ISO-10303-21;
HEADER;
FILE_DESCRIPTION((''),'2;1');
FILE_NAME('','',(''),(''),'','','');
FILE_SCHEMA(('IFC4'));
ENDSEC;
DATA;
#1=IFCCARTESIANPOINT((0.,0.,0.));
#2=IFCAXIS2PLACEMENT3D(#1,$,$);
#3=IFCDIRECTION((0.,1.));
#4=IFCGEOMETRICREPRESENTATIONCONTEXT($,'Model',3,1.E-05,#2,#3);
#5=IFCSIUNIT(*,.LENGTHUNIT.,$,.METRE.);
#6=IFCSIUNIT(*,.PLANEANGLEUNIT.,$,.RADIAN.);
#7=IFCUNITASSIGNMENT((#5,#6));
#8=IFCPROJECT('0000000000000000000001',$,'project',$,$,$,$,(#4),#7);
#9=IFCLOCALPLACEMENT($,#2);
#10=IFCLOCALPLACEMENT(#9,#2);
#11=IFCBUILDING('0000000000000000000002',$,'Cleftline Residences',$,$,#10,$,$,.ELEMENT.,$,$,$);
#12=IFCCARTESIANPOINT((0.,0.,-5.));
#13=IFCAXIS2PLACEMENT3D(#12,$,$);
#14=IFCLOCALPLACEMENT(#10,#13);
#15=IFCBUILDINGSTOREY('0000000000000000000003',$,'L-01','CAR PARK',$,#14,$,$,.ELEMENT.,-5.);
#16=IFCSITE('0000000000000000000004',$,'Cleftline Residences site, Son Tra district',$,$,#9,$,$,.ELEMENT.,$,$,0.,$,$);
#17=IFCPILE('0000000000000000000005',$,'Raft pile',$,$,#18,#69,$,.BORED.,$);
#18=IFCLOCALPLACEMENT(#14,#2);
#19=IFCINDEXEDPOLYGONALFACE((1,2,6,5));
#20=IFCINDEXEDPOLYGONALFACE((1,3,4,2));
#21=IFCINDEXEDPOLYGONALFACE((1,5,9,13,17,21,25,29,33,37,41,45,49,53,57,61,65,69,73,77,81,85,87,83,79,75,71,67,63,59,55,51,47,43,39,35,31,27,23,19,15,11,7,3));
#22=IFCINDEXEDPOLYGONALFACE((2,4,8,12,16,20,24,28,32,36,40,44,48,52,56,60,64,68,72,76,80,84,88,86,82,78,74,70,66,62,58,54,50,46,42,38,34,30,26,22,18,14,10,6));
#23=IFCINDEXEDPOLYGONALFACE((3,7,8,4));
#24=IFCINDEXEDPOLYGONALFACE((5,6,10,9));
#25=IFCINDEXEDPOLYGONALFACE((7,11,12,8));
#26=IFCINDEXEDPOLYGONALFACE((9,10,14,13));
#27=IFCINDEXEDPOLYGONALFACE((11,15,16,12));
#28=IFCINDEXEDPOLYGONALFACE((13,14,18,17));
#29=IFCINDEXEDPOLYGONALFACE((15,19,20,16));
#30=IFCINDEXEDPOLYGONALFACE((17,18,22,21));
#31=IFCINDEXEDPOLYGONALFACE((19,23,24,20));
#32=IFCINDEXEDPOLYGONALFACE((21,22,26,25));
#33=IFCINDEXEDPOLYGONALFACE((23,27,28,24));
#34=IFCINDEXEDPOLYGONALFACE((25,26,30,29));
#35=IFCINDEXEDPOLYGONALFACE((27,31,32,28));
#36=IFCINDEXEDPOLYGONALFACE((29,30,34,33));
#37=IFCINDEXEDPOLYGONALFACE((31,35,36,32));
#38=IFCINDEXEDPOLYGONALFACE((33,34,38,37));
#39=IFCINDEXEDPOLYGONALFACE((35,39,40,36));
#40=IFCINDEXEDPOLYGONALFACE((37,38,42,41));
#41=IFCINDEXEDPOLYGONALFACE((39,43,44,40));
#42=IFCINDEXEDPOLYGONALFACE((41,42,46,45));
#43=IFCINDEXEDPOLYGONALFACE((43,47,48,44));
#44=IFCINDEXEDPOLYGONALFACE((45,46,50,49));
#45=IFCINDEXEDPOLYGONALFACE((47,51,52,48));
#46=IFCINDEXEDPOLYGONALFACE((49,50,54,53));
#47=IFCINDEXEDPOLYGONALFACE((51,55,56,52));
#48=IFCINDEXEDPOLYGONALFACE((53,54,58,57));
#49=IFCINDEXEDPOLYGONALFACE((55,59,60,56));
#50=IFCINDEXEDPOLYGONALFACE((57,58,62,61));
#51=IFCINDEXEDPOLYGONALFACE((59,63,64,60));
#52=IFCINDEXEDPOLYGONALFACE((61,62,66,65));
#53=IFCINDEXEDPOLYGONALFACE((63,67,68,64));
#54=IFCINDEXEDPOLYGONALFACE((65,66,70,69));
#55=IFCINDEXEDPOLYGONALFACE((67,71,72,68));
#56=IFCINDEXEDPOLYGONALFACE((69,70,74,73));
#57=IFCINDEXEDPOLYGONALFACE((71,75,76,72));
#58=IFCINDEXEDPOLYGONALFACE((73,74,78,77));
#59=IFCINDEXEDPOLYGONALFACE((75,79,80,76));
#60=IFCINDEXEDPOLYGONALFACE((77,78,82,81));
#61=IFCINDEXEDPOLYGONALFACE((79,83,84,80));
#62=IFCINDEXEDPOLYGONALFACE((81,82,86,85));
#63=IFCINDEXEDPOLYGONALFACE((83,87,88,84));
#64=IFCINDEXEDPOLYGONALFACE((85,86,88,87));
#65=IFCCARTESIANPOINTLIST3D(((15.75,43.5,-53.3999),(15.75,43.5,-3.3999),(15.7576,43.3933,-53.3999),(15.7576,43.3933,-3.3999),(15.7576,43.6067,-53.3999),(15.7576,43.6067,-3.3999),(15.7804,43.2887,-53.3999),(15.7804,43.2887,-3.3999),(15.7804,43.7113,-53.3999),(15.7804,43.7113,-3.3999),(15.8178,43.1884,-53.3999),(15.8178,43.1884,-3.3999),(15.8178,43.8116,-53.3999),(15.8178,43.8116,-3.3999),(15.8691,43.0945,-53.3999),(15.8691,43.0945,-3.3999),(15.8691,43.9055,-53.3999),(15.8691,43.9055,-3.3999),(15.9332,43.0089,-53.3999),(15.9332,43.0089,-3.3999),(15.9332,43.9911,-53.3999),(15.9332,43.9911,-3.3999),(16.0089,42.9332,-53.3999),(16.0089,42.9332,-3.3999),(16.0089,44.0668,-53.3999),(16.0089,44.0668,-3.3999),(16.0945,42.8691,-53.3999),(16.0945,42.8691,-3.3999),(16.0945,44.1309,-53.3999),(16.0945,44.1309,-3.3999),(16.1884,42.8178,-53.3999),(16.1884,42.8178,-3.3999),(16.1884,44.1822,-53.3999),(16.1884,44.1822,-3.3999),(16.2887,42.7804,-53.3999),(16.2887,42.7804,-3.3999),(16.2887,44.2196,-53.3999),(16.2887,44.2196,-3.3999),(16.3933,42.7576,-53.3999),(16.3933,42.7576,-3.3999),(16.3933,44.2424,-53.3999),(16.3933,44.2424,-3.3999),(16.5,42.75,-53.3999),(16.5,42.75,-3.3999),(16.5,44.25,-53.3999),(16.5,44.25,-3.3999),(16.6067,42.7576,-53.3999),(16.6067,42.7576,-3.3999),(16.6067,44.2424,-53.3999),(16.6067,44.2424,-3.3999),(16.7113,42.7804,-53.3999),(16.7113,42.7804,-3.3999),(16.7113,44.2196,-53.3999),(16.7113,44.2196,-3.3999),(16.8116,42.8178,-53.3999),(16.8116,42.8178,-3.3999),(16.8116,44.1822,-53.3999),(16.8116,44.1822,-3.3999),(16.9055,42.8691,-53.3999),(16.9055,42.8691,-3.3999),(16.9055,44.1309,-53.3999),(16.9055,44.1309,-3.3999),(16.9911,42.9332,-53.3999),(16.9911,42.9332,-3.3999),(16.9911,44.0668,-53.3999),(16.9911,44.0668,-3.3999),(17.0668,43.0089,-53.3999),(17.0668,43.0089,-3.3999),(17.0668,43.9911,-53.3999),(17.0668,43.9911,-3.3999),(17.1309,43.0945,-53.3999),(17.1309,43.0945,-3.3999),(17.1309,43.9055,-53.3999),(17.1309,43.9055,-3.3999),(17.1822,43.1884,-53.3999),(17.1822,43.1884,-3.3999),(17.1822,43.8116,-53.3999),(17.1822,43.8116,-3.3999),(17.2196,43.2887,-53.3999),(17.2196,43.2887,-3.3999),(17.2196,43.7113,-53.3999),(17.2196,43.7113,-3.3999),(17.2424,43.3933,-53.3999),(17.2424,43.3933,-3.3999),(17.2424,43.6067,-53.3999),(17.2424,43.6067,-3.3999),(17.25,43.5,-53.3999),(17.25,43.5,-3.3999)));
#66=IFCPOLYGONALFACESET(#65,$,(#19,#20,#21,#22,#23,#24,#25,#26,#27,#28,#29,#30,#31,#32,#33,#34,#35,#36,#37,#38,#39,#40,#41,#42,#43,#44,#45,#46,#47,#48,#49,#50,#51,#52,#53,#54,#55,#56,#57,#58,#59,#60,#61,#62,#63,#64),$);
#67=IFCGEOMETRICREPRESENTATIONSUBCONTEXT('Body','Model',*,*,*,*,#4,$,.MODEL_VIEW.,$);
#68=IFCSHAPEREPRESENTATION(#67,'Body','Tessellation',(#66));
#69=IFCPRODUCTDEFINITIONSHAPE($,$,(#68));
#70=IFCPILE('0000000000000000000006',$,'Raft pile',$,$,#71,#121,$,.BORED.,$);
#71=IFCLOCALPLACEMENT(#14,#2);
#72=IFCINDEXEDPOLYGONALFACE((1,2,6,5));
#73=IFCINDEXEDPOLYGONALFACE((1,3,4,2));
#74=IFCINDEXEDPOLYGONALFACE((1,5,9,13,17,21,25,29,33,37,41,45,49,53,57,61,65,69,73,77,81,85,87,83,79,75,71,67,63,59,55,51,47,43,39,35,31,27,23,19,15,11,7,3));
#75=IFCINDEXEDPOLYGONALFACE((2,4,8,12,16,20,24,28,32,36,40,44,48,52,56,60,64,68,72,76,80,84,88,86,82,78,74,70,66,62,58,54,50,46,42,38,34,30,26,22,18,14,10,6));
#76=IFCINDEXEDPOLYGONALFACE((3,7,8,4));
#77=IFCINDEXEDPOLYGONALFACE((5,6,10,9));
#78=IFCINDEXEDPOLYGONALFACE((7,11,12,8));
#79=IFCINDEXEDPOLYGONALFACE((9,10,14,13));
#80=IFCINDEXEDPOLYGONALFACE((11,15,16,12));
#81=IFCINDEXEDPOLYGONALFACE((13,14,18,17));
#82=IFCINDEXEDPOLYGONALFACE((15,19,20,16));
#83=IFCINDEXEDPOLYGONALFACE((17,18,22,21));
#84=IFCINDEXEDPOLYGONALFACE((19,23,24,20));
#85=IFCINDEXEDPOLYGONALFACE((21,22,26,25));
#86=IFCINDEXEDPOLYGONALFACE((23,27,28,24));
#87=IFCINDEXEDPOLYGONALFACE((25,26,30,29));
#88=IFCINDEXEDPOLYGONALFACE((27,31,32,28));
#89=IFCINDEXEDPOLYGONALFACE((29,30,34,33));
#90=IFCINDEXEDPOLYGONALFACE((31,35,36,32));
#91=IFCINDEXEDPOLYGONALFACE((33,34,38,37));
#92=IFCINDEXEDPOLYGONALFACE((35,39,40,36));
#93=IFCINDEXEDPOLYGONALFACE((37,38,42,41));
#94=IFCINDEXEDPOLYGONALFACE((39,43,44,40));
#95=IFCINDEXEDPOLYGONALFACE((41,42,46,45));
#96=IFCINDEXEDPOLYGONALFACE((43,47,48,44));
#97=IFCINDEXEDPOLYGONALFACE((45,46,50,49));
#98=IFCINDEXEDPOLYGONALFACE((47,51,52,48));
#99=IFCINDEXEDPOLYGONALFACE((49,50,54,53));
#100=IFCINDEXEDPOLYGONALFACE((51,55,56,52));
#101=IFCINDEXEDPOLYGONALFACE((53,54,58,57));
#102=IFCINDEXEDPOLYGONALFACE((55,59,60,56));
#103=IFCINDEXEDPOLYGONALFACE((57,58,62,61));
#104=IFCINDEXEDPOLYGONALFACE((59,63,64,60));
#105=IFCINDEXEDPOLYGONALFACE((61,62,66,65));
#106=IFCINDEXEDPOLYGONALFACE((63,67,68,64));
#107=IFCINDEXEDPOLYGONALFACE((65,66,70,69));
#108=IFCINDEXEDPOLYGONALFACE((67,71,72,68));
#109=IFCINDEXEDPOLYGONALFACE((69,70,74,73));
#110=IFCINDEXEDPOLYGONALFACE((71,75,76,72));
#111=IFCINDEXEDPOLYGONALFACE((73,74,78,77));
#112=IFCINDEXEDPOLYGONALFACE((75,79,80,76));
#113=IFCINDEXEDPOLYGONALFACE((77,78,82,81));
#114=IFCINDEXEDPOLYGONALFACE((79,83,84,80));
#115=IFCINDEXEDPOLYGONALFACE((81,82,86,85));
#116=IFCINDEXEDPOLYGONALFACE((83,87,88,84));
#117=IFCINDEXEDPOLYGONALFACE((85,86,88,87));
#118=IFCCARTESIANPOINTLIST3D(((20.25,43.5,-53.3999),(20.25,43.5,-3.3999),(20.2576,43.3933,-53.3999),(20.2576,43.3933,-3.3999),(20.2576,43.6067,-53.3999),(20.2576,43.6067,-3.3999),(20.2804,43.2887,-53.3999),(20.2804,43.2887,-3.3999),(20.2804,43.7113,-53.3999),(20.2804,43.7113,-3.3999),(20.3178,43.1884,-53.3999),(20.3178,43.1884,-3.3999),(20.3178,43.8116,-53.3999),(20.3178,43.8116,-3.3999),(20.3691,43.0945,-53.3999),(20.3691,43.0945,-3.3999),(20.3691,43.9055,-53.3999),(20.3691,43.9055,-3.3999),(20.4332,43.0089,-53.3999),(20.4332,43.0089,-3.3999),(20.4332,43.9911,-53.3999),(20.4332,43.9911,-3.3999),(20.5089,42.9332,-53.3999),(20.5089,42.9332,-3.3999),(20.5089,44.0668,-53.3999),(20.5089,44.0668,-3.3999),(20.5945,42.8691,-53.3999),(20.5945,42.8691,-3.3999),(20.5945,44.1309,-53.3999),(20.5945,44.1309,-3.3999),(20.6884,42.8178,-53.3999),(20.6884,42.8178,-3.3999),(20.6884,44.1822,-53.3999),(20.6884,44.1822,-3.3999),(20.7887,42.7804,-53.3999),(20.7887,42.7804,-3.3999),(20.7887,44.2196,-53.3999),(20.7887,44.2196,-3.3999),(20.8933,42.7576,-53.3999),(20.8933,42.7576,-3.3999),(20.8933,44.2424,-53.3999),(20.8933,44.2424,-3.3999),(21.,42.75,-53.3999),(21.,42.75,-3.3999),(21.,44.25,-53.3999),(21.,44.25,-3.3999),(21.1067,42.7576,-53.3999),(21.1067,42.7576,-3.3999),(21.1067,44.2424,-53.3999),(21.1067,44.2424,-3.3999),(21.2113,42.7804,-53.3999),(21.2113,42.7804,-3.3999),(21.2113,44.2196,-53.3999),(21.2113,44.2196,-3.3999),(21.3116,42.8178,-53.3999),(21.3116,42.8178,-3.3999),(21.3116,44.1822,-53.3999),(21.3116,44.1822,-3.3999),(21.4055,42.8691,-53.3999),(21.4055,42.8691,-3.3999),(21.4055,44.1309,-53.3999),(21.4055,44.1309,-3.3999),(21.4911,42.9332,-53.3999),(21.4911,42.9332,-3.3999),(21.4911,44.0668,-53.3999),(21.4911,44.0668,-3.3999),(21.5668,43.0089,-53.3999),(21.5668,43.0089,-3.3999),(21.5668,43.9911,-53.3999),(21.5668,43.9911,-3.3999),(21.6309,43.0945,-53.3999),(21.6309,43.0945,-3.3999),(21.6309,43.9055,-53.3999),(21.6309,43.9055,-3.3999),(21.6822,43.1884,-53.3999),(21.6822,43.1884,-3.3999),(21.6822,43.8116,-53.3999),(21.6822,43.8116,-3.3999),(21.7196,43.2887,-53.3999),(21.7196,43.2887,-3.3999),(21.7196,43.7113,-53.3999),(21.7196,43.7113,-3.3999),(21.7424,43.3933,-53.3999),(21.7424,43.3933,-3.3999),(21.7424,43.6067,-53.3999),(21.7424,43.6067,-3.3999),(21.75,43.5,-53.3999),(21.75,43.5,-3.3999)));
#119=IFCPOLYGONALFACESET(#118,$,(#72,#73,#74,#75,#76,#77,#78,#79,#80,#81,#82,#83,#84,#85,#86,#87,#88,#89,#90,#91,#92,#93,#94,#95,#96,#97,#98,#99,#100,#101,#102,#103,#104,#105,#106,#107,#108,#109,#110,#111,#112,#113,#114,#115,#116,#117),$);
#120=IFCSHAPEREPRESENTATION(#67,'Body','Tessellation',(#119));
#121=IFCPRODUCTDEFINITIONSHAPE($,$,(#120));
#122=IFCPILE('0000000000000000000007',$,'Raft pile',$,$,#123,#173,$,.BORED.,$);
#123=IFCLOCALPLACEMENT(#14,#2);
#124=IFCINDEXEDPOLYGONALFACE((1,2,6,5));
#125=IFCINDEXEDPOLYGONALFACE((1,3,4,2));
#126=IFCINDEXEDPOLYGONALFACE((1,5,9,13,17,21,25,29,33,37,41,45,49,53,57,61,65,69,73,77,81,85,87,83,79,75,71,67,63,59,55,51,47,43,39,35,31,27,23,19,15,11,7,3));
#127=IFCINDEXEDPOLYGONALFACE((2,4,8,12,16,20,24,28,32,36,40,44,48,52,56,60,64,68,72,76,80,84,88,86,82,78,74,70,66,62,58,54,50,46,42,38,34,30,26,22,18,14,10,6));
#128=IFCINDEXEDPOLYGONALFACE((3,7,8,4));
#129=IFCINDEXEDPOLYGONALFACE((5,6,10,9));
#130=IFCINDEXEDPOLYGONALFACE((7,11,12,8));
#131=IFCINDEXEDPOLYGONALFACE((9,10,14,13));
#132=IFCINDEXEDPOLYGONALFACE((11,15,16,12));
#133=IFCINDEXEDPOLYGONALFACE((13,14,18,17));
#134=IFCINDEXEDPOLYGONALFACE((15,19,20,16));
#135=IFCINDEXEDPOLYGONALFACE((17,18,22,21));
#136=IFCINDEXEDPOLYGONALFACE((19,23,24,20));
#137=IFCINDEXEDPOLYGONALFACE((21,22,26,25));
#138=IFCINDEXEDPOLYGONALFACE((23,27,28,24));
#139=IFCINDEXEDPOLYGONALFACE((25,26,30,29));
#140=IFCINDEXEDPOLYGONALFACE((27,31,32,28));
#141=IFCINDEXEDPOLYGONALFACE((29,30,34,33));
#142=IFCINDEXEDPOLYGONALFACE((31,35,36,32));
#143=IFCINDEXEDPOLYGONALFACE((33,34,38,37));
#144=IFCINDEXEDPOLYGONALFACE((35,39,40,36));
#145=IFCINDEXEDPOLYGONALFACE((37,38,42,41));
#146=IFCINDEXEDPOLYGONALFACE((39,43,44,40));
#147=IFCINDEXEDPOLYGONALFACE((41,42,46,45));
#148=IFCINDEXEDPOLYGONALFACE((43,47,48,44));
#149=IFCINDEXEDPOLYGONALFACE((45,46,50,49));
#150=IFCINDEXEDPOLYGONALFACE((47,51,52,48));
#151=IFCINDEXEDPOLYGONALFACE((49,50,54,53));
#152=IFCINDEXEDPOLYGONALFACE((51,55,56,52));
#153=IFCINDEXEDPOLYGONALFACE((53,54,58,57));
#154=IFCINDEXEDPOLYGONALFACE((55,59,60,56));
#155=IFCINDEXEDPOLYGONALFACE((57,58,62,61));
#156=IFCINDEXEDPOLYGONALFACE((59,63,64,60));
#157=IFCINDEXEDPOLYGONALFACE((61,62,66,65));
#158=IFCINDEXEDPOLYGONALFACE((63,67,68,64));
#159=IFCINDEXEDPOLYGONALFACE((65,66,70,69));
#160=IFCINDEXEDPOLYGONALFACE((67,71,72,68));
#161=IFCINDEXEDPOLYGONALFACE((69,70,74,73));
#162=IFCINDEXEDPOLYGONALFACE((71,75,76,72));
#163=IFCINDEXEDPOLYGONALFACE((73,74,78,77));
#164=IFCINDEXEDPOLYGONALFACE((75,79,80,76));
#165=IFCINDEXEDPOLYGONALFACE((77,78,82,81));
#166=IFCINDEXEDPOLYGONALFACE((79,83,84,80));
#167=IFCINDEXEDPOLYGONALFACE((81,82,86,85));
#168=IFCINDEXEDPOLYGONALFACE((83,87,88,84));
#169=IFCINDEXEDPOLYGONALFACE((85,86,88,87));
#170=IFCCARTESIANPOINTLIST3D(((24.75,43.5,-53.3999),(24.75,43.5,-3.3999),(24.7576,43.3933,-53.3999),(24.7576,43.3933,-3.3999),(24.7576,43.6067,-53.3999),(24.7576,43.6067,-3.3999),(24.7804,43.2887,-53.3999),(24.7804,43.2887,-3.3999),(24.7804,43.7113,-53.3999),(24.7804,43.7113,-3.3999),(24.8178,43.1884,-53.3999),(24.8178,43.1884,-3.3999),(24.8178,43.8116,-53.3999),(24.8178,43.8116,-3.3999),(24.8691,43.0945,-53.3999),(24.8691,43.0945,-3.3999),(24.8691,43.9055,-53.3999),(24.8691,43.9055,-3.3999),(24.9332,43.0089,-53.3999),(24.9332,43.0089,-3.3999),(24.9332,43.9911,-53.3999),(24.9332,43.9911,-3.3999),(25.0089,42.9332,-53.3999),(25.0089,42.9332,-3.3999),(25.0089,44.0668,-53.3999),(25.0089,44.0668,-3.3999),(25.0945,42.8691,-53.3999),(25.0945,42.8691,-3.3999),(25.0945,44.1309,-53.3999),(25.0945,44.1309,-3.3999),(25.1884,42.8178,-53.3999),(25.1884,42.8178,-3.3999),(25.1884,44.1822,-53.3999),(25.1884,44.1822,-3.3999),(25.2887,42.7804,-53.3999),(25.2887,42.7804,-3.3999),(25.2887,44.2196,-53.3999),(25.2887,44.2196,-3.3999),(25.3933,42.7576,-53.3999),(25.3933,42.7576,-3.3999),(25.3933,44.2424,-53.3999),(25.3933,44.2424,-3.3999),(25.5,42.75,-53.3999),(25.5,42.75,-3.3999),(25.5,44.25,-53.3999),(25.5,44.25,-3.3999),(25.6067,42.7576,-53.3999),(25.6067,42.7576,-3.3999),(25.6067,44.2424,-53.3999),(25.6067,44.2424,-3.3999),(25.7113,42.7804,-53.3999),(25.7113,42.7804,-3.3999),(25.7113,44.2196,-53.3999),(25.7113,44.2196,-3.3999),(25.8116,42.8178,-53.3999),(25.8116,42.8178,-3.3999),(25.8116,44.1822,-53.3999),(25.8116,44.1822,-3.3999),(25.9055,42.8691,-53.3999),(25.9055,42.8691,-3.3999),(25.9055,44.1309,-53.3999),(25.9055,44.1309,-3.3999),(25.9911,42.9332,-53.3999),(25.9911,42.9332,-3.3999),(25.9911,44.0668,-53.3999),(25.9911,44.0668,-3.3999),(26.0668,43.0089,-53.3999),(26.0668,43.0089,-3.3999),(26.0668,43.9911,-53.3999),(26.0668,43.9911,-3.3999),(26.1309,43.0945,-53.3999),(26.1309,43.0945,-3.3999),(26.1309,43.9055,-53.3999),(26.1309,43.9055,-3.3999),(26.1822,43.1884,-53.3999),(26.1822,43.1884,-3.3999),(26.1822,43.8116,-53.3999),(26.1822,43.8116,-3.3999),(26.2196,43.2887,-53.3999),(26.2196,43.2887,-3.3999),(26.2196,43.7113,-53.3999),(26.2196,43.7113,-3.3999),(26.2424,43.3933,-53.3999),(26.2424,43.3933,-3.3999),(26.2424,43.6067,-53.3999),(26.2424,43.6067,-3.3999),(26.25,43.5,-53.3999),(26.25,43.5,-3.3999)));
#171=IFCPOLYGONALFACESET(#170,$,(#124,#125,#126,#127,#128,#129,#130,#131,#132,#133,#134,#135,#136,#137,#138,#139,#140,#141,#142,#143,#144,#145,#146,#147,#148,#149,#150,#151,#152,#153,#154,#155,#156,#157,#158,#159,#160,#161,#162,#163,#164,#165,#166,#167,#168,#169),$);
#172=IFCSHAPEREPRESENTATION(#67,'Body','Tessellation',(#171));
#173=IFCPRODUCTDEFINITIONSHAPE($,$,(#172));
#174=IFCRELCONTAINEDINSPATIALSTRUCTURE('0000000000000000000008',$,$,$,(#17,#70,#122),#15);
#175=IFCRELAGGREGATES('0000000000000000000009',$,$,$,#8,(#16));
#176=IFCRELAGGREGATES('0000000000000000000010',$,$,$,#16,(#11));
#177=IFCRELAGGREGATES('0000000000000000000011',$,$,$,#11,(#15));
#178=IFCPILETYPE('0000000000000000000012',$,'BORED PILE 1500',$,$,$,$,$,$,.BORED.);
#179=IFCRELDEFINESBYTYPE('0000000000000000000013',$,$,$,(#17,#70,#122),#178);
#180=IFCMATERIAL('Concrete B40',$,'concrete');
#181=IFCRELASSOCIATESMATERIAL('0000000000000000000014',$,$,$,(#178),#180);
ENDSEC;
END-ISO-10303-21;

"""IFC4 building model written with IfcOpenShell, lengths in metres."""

from ifc_helpers import new_model, si_unit, direction, frame, origin, origin_2d, place, context, subcontext, project, spatial, circle, extrude, material, material_profile, profile_set, type_object, element, save


model = new_model("IFC4")

# Units and contexts
model_context = context("Model", 3, precision=1e-05, world=origin(), true_north=direction((0.0, 1.0)))
body_context = subcontext(model_context, "Body", "Model", "MODEL_VIEW")
ifc_project = project(units=[si_unit("LENGTHUNIT", "METRE"), si_unit("PLANEANGLEUNIT", "RADIAN")], contexts=[model_context])

# Site, building, storey
site_placement = place(None, origin())
site = spatial("IfcSite", under=ifc_project, at=site_placement, Name="Cleftline Residences site, Son Tra district", CompositionType="ELEMENT", RefElevation=0.0)
building_placement = place(site_placement, origin())
building = spatial("IfcBuilding", under=site, at=building_placement, Name="Cleftline Residences", CompositionType="ELEMENT")
storey_placement = place(building_placement, frame((0.0, 0.0, -5.0)))
storey = spatial("IfcBuildingStorey", under=building, at=storey_placement, Name="L-01", Description="CAR PARK", CompositionType="ELEMENT", Elevation=-5.0)

# Piles
ifc_material_1 = material(Name="Concrete B40", Category="concrete")
ifc_material_profile_1 = material_profile(ifc_material_1, circle(Radius=0.75, at=origin_2d()))
ifc_profile_set_1 = profile_set([ifc_material_profile_1], Name="Concrete B40")
pile_type_1 = type_object("IfcPileType", Name="BORED PILE 1500", PredefinedType="BORED", material=ifc_profile_set_1)
for number, where, z_axis, x_axis, name in (
    (1, (16.5, 43.5, -3.3999), (0.0, 0.0, -1.0), (1.0, 0.0, 0.0), "Raft pile"),
    (2, (21.0, 43.5, -3.3999), (0.0, 0.0, -1.0), (1.0, 0.0, 0.0), "Raft pile"),
    (3, (25.5, 43.5, -3.3999), (0.0, 0.0, -1.0), (1.0, 0.0, 0.0), "Raft pile"),
):
    element("IfcPile", number, at=place(storey_placement, frame(where, z_axis=z_axis, x_axis=x_axis)), inside=storey, type_object=pile_type_1, Name=name, PredefinedType="BORED", context=body_context, shape_type="SweptSolid", body=[
        extrude(circle(Radius=0.75, at=origin_2d()), origin(), (0.0, 0.0, 1.0), 50.0),
    ])

save(model, "model.ifc")
